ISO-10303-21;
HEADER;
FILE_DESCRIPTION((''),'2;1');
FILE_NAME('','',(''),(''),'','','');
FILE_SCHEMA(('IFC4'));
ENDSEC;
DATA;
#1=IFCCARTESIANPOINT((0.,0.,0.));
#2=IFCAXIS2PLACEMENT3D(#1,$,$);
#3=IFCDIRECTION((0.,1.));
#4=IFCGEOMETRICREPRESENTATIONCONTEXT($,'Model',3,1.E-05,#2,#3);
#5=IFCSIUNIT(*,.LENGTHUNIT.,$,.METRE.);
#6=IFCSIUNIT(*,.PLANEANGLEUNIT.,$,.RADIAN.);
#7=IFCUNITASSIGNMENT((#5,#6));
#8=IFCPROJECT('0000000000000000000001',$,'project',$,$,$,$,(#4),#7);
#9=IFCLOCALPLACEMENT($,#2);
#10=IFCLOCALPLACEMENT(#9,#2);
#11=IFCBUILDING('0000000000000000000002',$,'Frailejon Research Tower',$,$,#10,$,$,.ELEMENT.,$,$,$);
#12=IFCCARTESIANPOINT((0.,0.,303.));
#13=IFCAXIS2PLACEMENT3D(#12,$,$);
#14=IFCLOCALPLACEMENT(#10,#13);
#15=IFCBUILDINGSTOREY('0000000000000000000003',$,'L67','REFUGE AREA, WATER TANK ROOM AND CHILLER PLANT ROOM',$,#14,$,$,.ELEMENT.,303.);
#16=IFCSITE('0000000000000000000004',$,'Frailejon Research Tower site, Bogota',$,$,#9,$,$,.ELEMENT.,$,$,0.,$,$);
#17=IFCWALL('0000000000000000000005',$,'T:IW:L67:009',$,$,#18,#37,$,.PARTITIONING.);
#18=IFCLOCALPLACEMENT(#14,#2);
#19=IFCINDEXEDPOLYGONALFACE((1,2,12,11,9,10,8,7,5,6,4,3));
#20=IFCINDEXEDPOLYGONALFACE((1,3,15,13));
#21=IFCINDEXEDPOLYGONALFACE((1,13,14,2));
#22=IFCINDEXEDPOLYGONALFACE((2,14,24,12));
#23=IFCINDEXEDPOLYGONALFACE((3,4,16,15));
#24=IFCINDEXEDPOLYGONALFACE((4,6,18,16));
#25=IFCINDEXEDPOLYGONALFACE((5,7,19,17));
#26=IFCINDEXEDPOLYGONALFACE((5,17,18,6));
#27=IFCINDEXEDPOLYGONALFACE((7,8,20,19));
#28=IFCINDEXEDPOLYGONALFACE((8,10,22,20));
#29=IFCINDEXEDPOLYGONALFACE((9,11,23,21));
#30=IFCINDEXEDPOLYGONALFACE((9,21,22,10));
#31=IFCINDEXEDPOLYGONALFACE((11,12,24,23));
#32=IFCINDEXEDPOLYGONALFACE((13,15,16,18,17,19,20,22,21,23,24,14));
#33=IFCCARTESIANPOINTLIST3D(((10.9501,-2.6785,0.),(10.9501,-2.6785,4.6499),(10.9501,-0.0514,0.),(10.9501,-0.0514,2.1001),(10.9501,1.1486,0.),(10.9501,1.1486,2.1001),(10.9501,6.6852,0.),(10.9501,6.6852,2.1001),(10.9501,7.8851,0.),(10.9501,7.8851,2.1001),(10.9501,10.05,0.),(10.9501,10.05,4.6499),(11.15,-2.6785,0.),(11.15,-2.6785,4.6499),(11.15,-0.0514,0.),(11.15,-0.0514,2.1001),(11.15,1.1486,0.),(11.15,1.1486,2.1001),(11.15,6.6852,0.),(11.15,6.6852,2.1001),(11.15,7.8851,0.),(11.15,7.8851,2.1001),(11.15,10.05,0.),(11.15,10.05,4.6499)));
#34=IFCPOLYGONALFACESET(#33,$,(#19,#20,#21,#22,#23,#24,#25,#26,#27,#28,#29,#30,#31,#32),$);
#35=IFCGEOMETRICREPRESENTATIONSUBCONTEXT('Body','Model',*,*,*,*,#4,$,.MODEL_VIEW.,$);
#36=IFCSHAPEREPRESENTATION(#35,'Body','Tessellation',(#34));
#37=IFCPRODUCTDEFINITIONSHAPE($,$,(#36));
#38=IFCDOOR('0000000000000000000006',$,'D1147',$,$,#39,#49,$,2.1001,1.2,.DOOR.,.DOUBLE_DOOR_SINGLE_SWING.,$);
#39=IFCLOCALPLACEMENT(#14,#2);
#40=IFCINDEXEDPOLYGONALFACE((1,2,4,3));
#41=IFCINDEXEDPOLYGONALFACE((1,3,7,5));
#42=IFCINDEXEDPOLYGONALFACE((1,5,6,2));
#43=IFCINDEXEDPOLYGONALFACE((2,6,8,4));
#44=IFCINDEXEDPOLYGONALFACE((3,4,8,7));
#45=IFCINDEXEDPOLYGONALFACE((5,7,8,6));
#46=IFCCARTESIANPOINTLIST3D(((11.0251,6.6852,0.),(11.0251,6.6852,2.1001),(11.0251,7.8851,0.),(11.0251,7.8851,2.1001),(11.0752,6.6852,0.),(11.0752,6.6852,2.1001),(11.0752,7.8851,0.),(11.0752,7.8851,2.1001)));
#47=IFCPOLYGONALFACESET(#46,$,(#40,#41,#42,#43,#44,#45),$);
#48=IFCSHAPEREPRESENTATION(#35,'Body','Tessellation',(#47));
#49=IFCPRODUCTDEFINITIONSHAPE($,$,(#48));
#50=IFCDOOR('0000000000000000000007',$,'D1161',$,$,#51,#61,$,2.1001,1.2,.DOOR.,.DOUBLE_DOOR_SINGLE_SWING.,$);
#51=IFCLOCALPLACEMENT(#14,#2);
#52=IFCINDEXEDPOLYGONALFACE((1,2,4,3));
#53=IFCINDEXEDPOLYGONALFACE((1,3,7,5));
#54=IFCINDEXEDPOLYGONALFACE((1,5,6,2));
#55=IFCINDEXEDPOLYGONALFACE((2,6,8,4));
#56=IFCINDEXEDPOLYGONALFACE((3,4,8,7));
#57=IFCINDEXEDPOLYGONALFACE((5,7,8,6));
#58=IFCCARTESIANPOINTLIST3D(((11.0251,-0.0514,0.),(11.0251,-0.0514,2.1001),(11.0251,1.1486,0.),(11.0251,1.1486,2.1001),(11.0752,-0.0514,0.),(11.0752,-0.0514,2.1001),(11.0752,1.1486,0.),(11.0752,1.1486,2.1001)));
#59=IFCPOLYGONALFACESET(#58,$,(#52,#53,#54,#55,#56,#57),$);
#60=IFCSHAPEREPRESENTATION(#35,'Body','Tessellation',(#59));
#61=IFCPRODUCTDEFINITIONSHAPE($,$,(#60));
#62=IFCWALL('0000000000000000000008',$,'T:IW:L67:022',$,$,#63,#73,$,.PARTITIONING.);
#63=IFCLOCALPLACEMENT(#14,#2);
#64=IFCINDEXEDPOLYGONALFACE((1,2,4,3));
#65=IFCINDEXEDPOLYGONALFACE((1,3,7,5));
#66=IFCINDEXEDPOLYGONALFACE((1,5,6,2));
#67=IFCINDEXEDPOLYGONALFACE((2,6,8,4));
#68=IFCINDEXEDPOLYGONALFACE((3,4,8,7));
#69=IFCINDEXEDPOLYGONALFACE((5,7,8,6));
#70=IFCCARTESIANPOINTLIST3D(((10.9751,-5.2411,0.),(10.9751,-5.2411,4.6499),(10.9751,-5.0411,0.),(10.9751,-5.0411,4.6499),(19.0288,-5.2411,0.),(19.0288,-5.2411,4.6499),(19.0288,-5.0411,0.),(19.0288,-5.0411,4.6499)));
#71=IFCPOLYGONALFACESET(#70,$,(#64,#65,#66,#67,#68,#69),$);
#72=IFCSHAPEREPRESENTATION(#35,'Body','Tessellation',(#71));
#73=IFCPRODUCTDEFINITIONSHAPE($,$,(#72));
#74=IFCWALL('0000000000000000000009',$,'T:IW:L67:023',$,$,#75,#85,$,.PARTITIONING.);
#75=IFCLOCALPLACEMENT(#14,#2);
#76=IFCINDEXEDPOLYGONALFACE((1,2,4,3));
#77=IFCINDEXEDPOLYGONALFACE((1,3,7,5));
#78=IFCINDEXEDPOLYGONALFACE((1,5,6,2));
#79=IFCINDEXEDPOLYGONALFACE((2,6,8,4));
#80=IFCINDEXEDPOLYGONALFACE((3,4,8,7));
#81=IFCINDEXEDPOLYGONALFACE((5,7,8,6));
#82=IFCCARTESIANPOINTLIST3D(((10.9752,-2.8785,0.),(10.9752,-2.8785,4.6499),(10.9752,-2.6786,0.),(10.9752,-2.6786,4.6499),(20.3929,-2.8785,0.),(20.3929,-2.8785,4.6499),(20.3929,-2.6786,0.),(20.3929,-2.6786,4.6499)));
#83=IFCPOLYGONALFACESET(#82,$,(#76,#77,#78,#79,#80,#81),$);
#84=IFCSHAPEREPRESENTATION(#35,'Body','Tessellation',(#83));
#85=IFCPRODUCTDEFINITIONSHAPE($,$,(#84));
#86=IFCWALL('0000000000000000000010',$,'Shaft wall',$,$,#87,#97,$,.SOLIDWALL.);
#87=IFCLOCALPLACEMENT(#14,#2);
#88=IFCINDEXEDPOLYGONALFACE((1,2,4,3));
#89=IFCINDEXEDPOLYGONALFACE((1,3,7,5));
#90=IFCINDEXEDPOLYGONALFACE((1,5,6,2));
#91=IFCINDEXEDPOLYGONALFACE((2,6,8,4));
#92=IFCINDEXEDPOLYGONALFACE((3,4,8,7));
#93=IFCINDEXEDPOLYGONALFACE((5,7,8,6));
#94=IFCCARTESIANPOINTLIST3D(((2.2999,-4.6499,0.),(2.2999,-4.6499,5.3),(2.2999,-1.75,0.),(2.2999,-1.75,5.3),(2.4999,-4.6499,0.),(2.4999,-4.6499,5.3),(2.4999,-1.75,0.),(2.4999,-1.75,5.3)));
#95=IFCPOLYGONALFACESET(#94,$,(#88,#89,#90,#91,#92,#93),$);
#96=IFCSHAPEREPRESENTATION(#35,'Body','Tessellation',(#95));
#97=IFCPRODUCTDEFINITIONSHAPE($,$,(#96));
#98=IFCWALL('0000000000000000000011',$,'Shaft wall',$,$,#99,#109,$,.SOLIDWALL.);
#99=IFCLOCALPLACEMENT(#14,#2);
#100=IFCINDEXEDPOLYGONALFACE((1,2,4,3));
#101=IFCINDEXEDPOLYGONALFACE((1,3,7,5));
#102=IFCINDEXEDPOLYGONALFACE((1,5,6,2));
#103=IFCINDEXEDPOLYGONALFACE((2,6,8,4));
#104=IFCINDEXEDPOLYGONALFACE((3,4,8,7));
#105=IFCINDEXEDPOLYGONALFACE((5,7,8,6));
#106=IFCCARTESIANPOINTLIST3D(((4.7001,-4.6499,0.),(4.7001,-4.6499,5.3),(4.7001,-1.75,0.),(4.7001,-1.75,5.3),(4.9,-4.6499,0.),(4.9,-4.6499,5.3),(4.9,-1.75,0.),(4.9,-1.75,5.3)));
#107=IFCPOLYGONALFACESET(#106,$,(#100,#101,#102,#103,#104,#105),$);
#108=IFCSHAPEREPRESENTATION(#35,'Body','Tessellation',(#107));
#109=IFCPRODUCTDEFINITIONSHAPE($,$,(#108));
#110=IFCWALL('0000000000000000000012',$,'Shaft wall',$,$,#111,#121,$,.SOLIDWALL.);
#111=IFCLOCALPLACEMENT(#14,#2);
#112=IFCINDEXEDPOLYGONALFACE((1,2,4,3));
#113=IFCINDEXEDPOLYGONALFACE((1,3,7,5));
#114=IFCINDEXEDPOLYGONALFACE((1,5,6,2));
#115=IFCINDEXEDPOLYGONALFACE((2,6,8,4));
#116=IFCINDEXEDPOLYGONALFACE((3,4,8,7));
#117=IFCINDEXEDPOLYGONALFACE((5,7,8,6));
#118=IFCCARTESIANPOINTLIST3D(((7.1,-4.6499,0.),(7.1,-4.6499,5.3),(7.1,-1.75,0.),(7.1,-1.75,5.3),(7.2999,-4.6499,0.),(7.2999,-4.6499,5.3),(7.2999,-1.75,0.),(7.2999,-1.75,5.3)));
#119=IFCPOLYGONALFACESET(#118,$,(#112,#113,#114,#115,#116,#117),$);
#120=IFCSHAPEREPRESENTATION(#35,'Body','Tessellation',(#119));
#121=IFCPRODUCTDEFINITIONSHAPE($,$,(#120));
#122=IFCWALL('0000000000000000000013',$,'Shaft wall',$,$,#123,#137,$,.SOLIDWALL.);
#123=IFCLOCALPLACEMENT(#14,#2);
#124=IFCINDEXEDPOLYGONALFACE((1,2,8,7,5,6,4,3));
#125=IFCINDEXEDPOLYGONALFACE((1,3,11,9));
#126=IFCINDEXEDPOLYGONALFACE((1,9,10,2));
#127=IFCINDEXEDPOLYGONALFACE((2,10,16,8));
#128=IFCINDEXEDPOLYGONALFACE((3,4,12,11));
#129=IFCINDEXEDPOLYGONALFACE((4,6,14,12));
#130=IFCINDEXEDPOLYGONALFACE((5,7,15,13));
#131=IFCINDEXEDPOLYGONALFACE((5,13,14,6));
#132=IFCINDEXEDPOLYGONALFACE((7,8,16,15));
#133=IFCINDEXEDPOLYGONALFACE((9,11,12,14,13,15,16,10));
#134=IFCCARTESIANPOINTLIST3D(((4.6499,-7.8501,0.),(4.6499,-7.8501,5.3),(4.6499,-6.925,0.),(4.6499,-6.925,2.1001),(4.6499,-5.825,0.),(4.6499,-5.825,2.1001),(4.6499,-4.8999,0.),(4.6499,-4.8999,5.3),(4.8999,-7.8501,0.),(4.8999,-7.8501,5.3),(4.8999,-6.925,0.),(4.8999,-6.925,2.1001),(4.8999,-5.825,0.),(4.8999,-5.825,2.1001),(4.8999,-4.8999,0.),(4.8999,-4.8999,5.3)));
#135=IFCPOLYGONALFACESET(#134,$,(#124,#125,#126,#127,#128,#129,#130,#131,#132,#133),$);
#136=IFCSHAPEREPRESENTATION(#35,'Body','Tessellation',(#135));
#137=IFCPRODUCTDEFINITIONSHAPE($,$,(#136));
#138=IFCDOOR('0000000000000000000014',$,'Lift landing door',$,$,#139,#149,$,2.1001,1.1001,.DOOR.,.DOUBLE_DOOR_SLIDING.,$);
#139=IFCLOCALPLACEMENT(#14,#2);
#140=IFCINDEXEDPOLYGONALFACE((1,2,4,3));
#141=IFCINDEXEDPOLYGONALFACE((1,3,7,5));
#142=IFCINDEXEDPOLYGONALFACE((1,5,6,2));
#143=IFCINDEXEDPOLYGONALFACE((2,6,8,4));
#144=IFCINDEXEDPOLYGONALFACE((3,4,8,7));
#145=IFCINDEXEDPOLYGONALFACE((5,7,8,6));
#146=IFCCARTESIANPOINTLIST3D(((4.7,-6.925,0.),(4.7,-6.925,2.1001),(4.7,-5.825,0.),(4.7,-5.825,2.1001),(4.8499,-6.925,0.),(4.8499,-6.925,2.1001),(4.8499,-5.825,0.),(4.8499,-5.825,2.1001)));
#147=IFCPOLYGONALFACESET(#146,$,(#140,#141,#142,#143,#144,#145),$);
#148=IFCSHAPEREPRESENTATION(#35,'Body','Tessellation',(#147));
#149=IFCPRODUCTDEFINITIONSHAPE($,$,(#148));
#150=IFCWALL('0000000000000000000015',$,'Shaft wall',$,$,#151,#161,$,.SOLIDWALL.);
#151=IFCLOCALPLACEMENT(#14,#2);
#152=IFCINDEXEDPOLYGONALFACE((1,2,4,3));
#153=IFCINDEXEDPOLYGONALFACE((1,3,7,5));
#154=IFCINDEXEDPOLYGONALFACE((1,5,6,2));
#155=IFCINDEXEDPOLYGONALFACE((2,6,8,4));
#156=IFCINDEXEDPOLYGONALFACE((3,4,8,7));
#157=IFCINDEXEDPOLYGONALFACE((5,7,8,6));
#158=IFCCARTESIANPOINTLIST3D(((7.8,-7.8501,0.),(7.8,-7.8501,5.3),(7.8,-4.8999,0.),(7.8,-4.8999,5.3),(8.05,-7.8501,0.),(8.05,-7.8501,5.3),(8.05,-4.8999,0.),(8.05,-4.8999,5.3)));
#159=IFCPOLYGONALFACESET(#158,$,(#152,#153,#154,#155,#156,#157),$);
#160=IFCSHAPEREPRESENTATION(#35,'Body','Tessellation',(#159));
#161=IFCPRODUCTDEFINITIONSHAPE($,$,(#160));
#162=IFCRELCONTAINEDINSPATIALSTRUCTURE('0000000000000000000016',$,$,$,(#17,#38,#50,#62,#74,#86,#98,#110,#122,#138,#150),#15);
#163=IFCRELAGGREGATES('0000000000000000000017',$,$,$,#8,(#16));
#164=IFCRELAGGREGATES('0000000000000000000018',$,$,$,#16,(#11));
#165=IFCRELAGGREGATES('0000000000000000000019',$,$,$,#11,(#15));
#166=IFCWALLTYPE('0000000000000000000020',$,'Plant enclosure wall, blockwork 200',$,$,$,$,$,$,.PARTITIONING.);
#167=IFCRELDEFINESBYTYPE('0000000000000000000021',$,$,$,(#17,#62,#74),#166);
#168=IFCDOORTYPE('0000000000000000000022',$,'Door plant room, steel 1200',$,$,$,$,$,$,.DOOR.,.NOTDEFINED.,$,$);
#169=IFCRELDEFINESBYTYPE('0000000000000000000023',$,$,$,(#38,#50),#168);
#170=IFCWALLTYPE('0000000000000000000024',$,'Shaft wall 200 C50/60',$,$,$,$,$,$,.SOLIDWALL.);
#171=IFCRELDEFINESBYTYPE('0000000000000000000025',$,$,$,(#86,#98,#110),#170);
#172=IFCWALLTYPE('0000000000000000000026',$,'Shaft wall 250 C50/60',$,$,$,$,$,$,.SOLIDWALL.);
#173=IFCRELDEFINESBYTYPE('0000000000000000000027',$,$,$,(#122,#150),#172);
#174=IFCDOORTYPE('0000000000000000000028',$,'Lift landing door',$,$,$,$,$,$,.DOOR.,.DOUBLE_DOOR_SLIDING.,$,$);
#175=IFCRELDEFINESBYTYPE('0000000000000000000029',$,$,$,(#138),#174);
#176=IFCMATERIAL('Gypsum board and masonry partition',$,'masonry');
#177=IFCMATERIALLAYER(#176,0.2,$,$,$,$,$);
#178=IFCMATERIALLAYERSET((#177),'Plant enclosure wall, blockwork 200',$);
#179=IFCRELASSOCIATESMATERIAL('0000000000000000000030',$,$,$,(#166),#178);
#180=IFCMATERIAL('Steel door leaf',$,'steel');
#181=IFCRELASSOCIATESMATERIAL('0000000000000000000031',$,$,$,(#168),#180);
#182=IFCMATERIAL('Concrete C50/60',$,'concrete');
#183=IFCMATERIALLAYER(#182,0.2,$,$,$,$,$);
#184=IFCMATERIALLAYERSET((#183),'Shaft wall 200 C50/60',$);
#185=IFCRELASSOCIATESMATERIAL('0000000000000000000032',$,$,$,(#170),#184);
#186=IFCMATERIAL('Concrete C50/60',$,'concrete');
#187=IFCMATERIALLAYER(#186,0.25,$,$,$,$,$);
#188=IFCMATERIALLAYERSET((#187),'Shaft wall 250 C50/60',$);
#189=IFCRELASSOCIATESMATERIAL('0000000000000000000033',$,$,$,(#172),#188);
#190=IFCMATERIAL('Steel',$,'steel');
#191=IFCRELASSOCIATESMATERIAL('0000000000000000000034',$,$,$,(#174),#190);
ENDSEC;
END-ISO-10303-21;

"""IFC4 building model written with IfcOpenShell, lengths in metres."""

from ifc_helpers import new_model, si_unit, direction, frame, frame_2d, origin, place, context, subcontext, project, spatial, rectangle, extrude, material, layer, layer_set, type_object, element, fill, save


model = new_model("IFC4")

# Units and contexts
model_context = context("Model", 3, precision=1e-05, world=origin(), true_north=direction((0.0, 1.0)))
body_context = subcontext(model_context, "Body", "Model", "MODEL_VIEW")
ifc_project = project(units=[si_unit("LENGTHUNIT", "METRE"), si_unit("PLANEANGLEUNIT", "RADIAN")], contexts=[model_context])

# Site, building, storey
site_placement = place(None, origin())
site = spatial("IfcSite", under=ifc_project, at=site_placement, Name="Frailejon Research Tower site, Bogota", CompositionType="ELEMENT", RefElevation=0.0)
building_placement = place(site_placement, origin())
building = spatial("IfcBuilding", under=site, at=building_placement, Name="Frailejon Research Tower", CompositionType="ELEMENT")
storey_placement = place(building_placement, frame((0.0, 0.0, 303.0)))
storey = spatial("IfcBuildingStorey", under=building, at=storey_placement, Name="L67", Description="REFUGE AREA, WATER TANK ROOM AND CHILLER PLANT ROOM", CompositionType="ELEMENT", Elevation=303.0)

# Shared definitions
ifc_material_1 = material(Name="Gypsum board and masonry partition", Category="masonry")
ifc_layer_1 = layer(ifc_material_1, 0.2)
ifc_layer_set_1 = layer_set([ifc_layer_1], Name="Plant enclosure wall, blockwork 200")
wall_type_1 = type_object("IfcWallType", Name="Plant enclosure wall, blockwork 200", PredefinedType="PARTITIONING", material=ifc_layer_set_1)
ifc_material_2 = material(Name="Steel door leaf", Category="steel")
door_type_1 = type_object("IfcDoorType", Name="Door plant room, steel 1200", OperationType="NOTDEFINED", PredefinedType="DOOR", material=ifc_material_2)

# Wall, openings, doors
wall_1_placement = place(storey_placement, frame((11.05, -2.6785, 0.0), z_axis=(0.0, 0.0, 1.0), x_axis=(0.0, 1.0, 0.0)))
wall_1 = element("IfcWall", 1, at=wall_1_placement, inside=storey, type_object=wall_type_1, Name="T:IW:L67:009", PredefinedType="PARTITIONING", context=body_context, shape_type="SweptSolid", body=[
    extrude(rectangle(XDim=12.7285, YDim=0.2, at=frame_2d((6.3643, 0.0))), origin(), (0.0, 0.0, 1.0), 4.6499),
])
opening_1_placement = place(wall_1_placement, frame((9.3635, 0.0, 0.0)))
opening_1 = element("IfcOpeningElement", 2, at=opening_1_placement, cuts=wall_1, PredefinedType="OPENING", context=body_context, shape_type="SweptSolid", body=[
    extrude(rectangle(XDim=1.2, YDim=2.1001, at=frame_2d((0.6001, 1.05))), frame((0.0, 0.1099, 0.0), z_axis=(0.0, -1.0, 0.0), x_axis=(1.0, 0.0, 0.0)), (0.0, 0.0, 1.0), 0.22),
])
opening_2_placement = place(wall_1_placement, frame((2.627, 0.0, 0.0)))
opening_2 = element("IfcOpeningElement", 3, at=opening_2_placement, cuts=wall_1, PredefinedType="OPENING", context=body_context, shape_type="SweptSolid", body=[
    extrude(rectangle(XDim=1.2, YDim=2.1001, at=frame_2d((0.6001, 1.05))), frame((0.0, 0.1099, 0.0), z_axis=(0.0, -1.0, 0.0), x_axis=(1.0, 0.0, 0.0)), (0.0, 0.0, 1.0), 0.22),
])
door_1_placement = place(opening_1_placement, origin())
door_1 = element("IfcDoor", 4, at=door_1_placement, inside=storey, type_object=door_type_1, Name="D1147", OperationType="DOUBLE_DOOR_SINGLE_SWING", OverallHeight=2.1001, OverallWidth=1.2, PredefinedType="DOOR", context=body_context, shape_type="SweptSolid", body=[
    extrude(rectangle(XDim=1.2, YDim=2.1001, at=frame_2d((0.6001, 1.05))), frame((0.0, 0.0249, 0.0), z_axis=(0.0, -1.0, 0.0), x_axis=(1.0, 0.0, 0.0)), (0.0, 0.0, 1.0), 0.05),
])
fill(opening_1, door_1)
door_2_placement = place(opening_2_placement, origin())
door_2 = element("IfcDoor", 5, at=door_2_placement, inside=storey, type_object=door_type_1, Name="D1161", OperationType="DOUBLE_DOOR_SINGLE_SWING", OverallHeight=2.1001, OverallWidth=1.2, PredefinedType="DOOR", context=body_context, shape_type="SweptSolid", body=[
    extrude(rectangle(XDim=1.2, YDim=2.1001, at=frame_2d((0.6001, 1.05))), frame((0.0, 0.0249, 0.0), z_axis=(0.0, -1.0, 0.0), x_axis=(1.0, 0.0, 0.0)), (0.0, 0.0, 1.0), 0.05),
])
fill(opening_2, door_2)

# Walls
wall_2_placement = place(storey_placement, frame((10.9751, -5.1411, 0.0), z_axis=(0.0, 0.0, 1.0), x_axis=(1.0, 0.0, 0.0)))
element("IfcWall", 6, at=wall_2_placement, inside=storey, type_object=wall_type_1, Name="T:IW:L67:022", PredefinedType="PARTITIONING", context=body_context, shape_type="SweptSolid", body=[
    extrude(rectangle(XDim=8.0537, YDim=0.2, at=frame_2d((4.0269, 0.0))), origin(), (0.0, 0.0, 1.0), 4.6499),
])
wall_3_placement = place(storey_placement, frame((10.9751, -2.7786, 0.0), z_axis=(0.0, 0.0, 1.0), x_axis=(1.0, 0.0, 0.0)))
element("IfcWall", 7, at=wall_3_placement, inside=storey, type_object=wall_type_1, Name="T:IW:L67:023", PredefinedType="PARTITIONING", context=body_context, shape_type="SweptSolid", body=[
    extrude(rectangle(XDim=9.4177, YDim=0.2, at=frame_2d((4.709, 0.0))), origin(), (0.0, 0.0, 1.0), 4.6499),
])
ifc_material_3 = material(Name="Concrete C50/60", Category="concrete")
ifc_layer_2 = layer(ifc_material_3, 0.2)
ifc_layer_set_2 = layer_set([ifc_layer_2], Name="Shaft wall 200 C50/60")
wall_type_2 = type_object("IfcWallType", Name="Shaft wall 200 C50/60", PredefinedType="SOLIDWALL", material=ifc_layer_set_2)
for number, where, z_axis, x_axis, name in (
    (8, (2.3999, -4.6499, 0.0), (0.0, 0.0, 1.0), (0.0, 1.0, 0.0), "Shaft wall"),
    (9, (4.8, -4.6499, 0.0), (0.0, 0.0, 1.0), (0.0, 1.0, 0.0), "Shaft wall"),
    (10, (7.2, -4.6499, 0.0), (0.0, 0.0, 1.0), (0.0, 1.0, 0.0), "Shaft wall"),
):
    element("IfcWall", number, at=place(storey_placement, frame(where, z_axis=z_axis, x_axis=x_axis)), inside=storey, type_object=wall_type_2, Name=name, PredefinedType="SOLIDWALL", context=body_context, shape_type="SweptSolid", body=[
        extrude(rectangle(XDim=2.8999, YDim=0.2, at=frame_2d((1.45, 0.0))), origin(), (0.0, 0.0, 1.0), 5.3),
    ])

# Wall, opening, door
ifc_material_4 = material(Name="Concrete C50/60", Category="concrete")
ifc_layer_3 = layer(ifc_material_4, 0.25)
ifc_layer_set_3 = layer_set([ifc_layer_3], Name="Shaft wall 250 C50/60")
wall_type_3 = type_object("IfcWallType", Name="Shaft wall 250 C50/60", PredefinedType="SOLIDWALL", material=ifc_layer_set_3)
wall_4_placement = place(storey_placement, frame((4.7749, -7.8501, 0.0), z_axis=(0.0, 0.0, 1.0), x_axis=(0.0, 1.0, 0.0)))
wall_4 = element("IfcWall", 11, at=wall_4_placement, inside=storey, type_object=wall_type_3, Name="Shaft wall", PredefinedType="SOLIDWALL", context=body_context, shape_type="SweptSolid", body=[
    extrude(rectangle(XDim=2.9502, YDim=0.25, at=frame_2d((1.4751, 0.0))), origin(), (0.0, 0.0, 1.0), 5.3),
])
opening_3_placement = place(wall_4_placement, frame((0.925, 0.0, 0.0)))
opening_3 = element("IfcOpeningElement", 12, at=opening_3_placement, cuts=wall_4, PredefinedType="OPENING", context=body_context, shape_type="SweptSolid", body=[
    extrude(rectangle(XDim=1.1001, YDim=2.1001, at=frame_2d((0.55, 1.05))), frame((0.0, 0.135, 0.0), z_axis=(0.0, -1.0, 0.0), x_axis=(1.0, 0.0, 0.0)), (0.0, 0.0, 1.0), 0.27),
])
ifc_material_5 = material(Name="Steel", Category="steel")
door_type_2 = type_object("IfcDoorType", Name="Lift landing door", OperationType="DOUBLE_DOOR_SLIDING", PredefinedType="DOOR", material=ifc_material_5)
door_3_placement = place(opening_3_placement, origin())
door_3 = element("IfcDoor", 13, at=door_3_placement, inside=storey, type_object=door_type_2, Name="Lift landing door", OperationType="DOUBLE_DOOR_SLIDING", OverallHeight=2.1001, OverallWidth=1.1001, PredefinedType="DOOR", context=body_context, shape_type="SweptSolid", body=[
    extrude(rectangle(XDim=1.1001, YDim=2.1001, at=frame_2d((0.55, 1.05))), frame((0.0, 0.075, 0.0), z_axis=(0.0, -1.0, 0.0), x_axis=(1.0, 0.0, 0.0)), (0.0, 0.0, 1.0), 0.1499),
])
fill(opening_3, door_3)

# Wall
wall_5_placement = place(storey_placement, frame((7.925, -7.8501, 0.0), z_axis=(0.0, 0.0, 1.0), x_axis=(0.0, 1.0, 0.0)))
element("IfcWall", 14, at=wall_5_placement, inside=storey, type_object=wall_type_3, Name="Shaft wall", PredefinedType="SOLIDWALL", context=body_context, shape_type="SweptSolid", body=[
    extrude(rectangle(XDim=2.9502, YDim=0.25, at=frame_2d((1.4751, 0.0))), origin(), (0.0, 0.0, 1.0), 5.3),
])

save(model, "model.ifc")
